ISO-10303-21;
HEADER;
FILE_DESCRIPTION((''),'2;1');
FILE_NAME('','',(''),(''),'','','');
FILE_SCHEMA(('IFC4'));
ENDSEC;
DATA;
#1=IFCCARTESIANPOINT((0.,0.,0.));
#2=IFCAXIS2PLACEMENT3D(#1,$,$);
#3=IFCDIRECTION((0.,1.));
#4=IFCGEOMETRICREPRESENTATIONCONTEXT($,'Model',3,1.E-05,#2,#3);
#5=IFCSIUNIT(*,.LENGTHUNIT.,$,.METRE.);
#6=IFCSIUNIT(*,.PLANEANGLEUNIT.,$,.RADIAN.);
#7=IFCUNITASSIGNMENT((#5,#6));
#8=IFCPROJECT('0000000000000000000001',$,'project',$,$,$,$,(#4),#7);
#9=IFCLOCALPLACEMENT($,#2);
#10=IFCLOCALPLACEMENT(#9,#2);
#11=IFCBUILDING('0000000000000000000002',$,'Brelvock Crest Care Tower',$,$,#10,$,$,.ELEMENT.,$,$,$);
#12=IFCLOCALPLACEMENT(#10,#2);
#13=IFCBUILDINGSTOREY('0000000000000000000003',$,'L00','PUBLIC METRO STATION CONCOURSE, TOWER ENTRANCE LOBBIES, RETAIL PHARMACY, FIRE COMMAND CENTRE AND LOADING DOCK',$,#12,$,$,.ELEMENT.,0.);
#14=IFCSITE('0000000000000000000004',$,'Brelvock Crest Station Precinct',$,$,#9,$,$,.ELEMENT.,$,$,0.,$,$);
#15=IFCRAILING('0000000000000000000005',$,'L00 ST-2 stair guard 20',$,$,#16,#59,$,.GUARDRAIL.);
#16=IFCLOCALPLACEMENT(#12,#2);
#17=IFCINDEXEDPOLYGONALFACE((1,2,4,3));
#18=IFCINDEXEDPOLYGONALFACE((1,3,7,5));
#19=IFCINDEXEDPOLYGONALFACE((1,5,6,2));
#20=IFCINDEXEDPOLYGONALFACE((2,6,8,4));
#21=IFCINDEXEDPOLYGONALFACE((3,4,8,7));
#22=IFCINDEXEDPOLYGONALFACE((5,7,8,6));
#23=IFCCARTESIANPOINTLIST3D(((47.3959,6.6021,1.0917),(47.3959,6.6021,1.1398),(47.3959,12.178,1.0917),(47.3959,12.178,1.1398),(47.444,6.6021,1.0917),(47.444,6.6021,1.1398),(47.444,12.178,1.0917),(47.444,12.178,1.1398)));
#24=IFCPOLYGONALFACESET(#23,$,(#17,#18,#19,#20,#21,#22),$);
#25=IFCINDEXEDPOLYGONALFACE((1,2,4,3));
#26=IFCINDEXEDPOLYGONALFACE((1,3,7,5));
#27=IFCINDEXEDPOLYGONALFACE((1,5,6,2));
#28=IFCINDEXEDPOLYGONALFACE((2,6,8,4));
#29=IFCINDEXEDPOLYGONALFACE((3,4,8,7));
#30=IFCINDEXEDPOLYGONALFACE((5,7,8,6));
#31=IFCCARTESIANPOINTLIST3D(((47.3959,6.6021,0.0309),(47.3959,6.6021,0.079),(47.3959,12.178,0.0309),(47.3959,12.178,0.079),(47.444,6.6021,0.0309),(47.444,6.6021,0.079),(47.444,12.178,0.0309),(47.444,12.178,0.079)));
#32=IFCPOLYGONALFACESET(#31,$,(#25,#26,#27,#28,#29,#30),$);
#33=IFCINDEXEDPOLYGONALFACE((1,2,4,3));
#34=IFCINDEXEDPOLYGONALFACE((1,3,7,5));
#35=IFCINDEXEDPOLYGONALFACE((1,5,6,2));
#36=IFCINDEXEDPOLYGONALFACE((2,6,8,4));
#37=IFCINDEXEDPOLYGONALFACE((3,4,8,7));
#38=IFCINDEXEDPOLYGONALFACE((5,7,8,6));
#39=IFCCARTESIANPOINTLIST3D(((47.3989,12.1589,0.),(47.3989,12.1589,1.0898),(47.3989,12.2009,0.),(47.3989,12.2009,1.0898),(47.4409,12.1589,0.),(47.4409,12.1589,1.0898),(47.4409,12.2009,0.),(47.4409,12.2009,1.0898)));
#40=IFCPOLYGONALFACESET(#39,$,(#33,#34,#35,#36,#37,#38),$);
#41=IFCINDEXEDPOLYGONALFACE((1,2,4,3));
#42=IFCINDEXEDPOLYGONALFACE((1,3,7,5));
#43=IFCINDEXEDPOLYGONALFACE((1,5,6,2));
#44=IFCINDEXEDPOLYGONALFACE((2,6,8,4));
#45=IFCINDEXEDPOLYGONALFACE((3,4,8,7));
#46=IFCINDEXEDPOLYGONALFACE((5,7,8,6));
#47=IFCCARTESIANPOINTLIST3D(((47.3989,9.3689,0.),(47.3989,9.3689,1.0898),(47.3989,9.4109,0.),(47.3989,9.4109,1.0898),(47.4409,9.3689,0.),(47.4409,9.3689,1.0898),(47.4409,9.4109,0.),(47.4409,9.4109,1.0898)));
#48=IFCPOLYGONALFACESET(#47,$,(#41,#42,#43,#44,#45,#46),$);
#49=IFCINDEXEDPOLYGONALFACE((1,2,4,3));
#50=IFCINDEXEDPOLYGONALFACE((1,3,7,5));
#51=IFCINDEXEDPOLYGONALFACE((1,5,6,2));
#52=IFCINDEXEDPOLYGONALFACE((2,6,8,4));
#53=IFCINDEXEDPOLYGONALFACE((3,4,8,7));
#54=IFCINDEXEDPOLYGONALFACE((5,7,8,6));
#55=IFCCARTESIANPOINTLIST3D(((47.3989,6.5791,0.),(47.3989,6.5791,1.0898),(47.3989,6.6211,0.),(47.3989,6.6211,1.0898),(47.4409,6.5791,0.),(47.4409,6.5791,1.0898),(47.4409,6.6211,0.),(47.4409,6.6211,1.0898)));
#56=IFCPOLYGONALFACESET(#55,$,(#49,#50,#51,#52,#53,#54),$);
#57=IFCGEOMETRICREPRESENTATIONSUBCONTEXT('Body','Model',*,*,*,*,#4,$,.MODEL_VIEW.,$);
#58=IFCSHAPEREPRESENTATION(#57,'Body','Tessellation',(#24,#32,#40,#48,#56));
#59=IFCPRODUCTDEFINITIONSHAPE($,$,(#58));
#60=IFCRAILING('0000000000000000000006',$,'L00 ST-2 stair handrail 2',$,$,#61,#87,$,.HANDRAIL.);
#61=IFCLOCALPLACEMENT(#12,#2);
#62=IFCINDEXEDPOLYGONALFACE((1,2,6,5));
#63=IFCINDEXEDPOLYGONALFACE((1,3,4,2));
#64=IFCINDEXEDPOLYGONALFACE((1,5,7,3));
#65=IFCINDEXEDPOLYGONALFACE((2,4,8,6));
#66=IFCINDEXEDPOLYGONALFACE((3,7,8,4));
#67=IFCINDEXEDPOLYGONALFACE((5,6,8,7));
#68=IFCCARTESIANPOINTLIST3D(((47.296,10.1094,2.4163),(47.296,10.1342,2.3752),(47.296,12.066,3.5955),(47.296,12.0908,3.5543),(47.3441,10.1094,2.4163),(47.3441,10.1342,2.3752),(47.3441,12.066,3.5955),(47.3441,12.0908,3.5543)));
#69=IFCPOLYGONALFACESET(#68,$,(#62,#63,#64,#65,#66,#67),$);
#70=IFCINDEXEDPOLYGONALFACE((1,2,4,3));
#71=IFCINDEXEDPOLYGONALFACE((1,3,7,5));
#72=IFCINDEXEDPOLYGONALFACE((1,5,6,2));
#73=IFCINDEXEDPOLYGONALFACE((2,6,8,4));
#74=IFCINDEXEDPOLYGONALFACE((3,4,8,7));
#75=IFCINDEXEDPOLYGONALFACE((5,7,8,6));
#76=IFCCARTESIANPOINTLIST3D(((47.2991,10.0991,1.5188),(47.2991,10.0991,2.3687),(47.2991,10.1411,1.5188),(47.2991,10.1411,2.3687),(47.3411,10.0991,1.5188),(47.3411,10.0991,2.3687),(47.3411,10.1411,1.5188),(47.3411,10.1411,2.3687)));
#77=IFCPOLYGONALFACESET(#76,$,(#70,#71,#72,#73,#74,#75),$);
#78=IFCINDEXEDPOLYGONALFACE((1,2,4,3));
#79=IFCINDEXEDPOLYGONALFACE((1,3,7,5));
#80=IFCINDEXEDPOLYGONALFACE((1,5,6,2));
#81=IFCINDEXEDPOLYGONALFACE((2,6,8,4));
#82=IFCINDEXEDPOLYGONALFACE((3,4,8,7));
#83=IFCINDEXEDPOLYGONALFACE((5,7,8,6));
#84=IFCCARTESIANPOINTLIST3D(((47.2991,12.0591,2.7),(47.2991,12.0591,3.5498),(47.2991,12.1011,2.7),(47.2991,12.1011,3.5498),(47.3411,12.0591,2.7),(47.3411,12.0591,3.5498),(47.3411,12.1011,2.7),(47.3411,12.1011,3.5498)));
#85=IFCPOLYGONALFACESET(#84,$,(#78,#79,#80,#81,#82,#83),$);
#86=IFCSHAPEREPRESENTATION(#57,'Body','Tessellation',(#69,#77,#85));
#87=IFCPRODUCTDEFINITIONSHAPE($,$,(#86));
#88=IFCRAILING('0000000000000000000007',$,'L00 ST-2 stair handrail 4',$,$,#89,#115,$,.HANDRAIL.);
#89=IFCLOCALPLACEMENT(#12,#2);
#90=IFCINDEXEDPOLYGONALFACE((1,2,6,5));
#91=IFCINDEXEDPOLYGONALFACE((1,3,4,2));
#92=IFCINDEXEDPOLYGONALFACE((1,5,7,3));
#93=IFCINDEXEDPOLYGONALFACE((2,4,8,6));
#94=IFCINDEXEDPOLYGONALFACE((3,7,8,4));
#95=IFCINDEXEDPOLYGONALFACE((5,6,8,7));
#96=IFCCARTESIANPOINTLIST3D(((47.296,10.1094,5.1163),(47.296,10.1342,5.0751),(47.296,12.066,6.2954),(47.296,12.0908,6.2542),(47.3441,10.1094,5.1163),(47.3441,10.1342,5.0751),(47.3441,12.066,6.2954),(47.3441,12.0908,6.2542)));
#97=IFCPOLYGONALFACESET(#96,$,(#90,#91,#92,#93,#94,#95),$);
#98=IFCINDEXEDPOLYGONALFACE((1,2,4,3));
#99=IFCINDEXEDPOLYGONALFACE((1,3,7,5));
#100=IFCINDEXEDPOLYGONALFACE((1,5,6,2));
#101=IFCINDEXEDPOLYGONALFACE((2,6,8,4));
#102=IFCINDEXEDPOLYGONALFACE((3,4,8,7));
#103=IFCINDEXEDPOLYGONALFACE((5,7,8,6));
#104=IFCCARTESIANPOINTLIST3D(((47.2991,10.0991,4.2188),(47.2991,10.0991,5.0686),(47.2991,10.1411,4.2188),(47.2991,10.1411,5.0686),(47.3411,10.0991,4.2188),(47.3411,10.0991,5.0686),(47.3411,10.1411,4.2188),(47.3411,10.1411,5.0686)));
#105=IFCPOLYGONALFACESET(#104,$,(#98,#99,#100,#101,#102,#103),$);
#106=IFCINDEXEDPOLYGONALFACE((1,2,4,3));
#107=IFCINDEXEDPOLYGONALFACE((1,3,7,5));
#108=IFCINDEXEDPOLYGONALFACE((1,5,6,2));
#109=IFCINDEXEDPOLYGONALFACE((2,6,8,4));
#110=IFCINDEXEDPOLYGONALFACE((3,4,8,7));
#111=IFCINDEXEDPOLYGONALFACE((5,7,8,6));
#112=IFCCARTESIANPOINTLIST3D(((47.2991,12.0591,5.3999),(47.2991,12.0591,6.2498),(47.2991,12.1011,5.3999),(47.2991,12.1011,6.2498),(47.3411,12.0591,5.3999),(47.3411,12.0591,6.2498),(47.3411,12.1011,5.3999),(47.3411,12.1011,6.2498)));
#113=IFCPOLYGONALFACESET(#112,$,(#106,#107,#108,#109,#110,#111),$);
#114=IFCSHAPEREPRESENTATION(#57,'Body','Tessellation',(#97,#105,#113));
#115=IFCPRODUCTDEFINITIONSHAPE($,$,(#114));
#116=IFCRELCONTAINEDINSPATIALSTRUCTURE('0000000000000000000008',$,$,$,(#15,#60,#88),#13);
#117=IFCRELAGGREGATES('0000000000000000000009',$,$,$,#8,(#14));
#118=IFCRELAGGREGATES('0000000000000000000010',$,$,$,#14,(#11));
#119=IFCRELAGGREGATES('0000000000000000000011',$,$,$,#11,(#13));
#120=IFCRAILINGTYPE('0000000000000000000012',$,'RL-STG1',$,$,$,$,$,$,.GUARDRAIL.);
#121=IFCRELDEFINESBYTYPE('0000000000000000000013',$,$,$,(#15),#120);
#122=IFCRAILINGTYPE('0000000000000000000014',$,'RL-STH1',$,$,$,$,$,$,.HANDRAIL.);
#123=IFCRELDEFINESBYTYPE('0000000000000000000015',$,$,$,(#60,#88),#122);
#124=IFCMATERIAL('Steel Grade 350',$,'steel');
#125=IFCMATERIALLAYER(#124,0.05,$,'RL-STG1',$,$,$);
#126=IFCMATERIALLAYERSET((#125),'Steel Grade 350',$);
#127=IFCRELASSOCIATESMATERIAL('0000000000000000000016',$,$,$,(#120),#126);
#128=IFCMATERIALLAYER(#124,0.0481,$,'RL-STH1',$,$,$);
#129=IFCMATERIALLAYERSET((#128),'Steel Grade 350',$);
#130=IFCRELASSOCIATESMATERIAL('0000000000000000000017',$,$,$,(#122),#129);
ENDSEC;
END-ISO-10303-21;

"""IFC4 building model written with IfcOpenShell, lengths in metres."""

from ifc_helpers import new_model, si_unit, direction, frame, origin, origin_2d, place, context, subcontext, project, spatial, rectangle, extrude, material, layer, layer_set, type_object, element, save


model = new_model("IFC4")

# Units and contexts
model_context = context("Model", 3, precision=1e-05, world=origin(), true_north=direction((0.0, 1.0)))
body_context = subcontext(model_context, "Body", "Model", "MODEL_VIEW")
ifc_project = project(units=[si_unit("LENGTHUNIT", "METRE"), si_unit("PLANEANGLEUNIT", "RADIAN")], contexts=[model_context])

# Site, building, storey
site_placement = place(None, origin())
site = spatial("IfcSite", under=ifc_project, at=site_placement, Name="Brelvock Crest Station Precinct", CompositionType="ELEMENT", RefElevation=0.0)
building_placement = place(site_placement, origin())
building = spatial("IfcBuilding", under=site, at=building_placement, Name="Brelvock Crest Care Tower", CompositionType="ELEMENT")
storey_placement = place(building_placement, origin())
storey = spatial("IfcBuildingStorey", under=building, at=storey_placement, Name="L00", Description="PUBLIC METRO STATION CONCOURSE, TOWER ENTRANCE LOBBIES, RETAIL PHARMACY, FIRE COMMAND CENTRE AND LOADING DOCK", CompositionType="ELEMENT", Elevation=0.0)

# Shared definitions
ifc_material_1 = material(Name="Steel Grade 350", Category="steel")

# Railings
ifc_layer_1 = layer(ifc_material_1, 0.05, Name="RL-STG1")
ifc_layer_set_1 = layer_set([ifc_layer_1], Name="Steel Grade 350")
railing_type_1 = type_object("IfcRailingType", Name="RL-STG1", PredefinedType="GUARDRAIL", material=ifc_layer_set_1)
railing_1_placement = place(storey_placement, frame((47.4199, 12.1799, 0.0)))
element("IfcRailing", 1, at=railing_1_placement, inside=storey, type_object=railing_type_1, Name="L00 ST-2 stair guard 20", PredefinedType="GUARDRAIL", context=body_context, shape_type="SweptSolid", body=[
    extrude(rectangle(XDim=0.0481, YDim=0.0481, at=origin_2d()), frame((0.0, -0.002, 1.1157), z_axis=(0.0, -1.0, 0.0), x_axis=(1.0, 0.0, 0.0)), (0.0, 0.0, 1.0), 5.5759),
    extrude(rectangle(XDim=0.0481, YDim=0.0481, at=origin_2d()), frame((0.0, -0.002, 0.0549), z_axis=(0.0, -1.0, 0.0), x_axis=(1.0, 0.0, 0.0)), (0.0, 0.0, 1.0), 5.5759),
    extrude(rectangle(XDim=0.042, YDim=0.042, at=origin_2d()), origin(), (0.0, 0.0, 1.0), 1.0898),
    extrude(rectangle(XDim=0.042, YDim=0.042, at=origin_2d()), frame((0.0, -2.79, 0.0)), (0.0, 0.0, 1.0), 1.0898),
    extrude(rectangle(XDim=0.042, YDim=0.042, at=origin_2d()), frame((0.0, -5.5798, 0.0)), (0.0, 0.0, 1.0), 1.0898),
])
ifc_layer_2 = layer(ifc_material_1, 0.0481, Name="RL-STH1")
ifc_layer_set_2 = layer_set([ifc_layer_2], Name="Steel Grade 350")
railing_type_2 = type_object("IfcRailingType", Name="RL-STH1", PredefinedType="HANDRAIL", material=ifc_layer_set_2)
for number, where, name in (
    (2, (47.3201, 10.1201, 1.5188), "L00 ST-2 stair handrail 2"),
    (3, (47.3201, 10.1201, 4.2188), "L00 ST-2 stair handrail 4"),
):
    element("IfcRailing", number, at=place(storey_placement, frame(where)), inside=storey, type_object=railing_type_2, Name=name, PredefinedType="HANDRAIL", context=body_context, shape_type="SweptSolid", body=[
        extrude(rectangle(XDim=0.0481, YDim=0.0481, at=origin_2d()), frame((0.0, 0.0017, 0.877), z_axis=(0.0, 0.856493, 0.516158), x_axis=(-1.0, 0.0, 0.0)), (0.0, 0.0, 1.0), 2.2844),
        extrude(rectangle(XDim=0.042, YDim=0.042, at=origin_2d()), origin(), (0.0, 0.0, 1.0), 0.8499),
        extrude(rectangle(XDim=0.042, YDim=0.042, at=origin_2d()), frame((0.0, 1.96, 1.1812)), (0.0, 0.0, 1.0), 0.8499),
    ])

save(model, "model.ifc")
